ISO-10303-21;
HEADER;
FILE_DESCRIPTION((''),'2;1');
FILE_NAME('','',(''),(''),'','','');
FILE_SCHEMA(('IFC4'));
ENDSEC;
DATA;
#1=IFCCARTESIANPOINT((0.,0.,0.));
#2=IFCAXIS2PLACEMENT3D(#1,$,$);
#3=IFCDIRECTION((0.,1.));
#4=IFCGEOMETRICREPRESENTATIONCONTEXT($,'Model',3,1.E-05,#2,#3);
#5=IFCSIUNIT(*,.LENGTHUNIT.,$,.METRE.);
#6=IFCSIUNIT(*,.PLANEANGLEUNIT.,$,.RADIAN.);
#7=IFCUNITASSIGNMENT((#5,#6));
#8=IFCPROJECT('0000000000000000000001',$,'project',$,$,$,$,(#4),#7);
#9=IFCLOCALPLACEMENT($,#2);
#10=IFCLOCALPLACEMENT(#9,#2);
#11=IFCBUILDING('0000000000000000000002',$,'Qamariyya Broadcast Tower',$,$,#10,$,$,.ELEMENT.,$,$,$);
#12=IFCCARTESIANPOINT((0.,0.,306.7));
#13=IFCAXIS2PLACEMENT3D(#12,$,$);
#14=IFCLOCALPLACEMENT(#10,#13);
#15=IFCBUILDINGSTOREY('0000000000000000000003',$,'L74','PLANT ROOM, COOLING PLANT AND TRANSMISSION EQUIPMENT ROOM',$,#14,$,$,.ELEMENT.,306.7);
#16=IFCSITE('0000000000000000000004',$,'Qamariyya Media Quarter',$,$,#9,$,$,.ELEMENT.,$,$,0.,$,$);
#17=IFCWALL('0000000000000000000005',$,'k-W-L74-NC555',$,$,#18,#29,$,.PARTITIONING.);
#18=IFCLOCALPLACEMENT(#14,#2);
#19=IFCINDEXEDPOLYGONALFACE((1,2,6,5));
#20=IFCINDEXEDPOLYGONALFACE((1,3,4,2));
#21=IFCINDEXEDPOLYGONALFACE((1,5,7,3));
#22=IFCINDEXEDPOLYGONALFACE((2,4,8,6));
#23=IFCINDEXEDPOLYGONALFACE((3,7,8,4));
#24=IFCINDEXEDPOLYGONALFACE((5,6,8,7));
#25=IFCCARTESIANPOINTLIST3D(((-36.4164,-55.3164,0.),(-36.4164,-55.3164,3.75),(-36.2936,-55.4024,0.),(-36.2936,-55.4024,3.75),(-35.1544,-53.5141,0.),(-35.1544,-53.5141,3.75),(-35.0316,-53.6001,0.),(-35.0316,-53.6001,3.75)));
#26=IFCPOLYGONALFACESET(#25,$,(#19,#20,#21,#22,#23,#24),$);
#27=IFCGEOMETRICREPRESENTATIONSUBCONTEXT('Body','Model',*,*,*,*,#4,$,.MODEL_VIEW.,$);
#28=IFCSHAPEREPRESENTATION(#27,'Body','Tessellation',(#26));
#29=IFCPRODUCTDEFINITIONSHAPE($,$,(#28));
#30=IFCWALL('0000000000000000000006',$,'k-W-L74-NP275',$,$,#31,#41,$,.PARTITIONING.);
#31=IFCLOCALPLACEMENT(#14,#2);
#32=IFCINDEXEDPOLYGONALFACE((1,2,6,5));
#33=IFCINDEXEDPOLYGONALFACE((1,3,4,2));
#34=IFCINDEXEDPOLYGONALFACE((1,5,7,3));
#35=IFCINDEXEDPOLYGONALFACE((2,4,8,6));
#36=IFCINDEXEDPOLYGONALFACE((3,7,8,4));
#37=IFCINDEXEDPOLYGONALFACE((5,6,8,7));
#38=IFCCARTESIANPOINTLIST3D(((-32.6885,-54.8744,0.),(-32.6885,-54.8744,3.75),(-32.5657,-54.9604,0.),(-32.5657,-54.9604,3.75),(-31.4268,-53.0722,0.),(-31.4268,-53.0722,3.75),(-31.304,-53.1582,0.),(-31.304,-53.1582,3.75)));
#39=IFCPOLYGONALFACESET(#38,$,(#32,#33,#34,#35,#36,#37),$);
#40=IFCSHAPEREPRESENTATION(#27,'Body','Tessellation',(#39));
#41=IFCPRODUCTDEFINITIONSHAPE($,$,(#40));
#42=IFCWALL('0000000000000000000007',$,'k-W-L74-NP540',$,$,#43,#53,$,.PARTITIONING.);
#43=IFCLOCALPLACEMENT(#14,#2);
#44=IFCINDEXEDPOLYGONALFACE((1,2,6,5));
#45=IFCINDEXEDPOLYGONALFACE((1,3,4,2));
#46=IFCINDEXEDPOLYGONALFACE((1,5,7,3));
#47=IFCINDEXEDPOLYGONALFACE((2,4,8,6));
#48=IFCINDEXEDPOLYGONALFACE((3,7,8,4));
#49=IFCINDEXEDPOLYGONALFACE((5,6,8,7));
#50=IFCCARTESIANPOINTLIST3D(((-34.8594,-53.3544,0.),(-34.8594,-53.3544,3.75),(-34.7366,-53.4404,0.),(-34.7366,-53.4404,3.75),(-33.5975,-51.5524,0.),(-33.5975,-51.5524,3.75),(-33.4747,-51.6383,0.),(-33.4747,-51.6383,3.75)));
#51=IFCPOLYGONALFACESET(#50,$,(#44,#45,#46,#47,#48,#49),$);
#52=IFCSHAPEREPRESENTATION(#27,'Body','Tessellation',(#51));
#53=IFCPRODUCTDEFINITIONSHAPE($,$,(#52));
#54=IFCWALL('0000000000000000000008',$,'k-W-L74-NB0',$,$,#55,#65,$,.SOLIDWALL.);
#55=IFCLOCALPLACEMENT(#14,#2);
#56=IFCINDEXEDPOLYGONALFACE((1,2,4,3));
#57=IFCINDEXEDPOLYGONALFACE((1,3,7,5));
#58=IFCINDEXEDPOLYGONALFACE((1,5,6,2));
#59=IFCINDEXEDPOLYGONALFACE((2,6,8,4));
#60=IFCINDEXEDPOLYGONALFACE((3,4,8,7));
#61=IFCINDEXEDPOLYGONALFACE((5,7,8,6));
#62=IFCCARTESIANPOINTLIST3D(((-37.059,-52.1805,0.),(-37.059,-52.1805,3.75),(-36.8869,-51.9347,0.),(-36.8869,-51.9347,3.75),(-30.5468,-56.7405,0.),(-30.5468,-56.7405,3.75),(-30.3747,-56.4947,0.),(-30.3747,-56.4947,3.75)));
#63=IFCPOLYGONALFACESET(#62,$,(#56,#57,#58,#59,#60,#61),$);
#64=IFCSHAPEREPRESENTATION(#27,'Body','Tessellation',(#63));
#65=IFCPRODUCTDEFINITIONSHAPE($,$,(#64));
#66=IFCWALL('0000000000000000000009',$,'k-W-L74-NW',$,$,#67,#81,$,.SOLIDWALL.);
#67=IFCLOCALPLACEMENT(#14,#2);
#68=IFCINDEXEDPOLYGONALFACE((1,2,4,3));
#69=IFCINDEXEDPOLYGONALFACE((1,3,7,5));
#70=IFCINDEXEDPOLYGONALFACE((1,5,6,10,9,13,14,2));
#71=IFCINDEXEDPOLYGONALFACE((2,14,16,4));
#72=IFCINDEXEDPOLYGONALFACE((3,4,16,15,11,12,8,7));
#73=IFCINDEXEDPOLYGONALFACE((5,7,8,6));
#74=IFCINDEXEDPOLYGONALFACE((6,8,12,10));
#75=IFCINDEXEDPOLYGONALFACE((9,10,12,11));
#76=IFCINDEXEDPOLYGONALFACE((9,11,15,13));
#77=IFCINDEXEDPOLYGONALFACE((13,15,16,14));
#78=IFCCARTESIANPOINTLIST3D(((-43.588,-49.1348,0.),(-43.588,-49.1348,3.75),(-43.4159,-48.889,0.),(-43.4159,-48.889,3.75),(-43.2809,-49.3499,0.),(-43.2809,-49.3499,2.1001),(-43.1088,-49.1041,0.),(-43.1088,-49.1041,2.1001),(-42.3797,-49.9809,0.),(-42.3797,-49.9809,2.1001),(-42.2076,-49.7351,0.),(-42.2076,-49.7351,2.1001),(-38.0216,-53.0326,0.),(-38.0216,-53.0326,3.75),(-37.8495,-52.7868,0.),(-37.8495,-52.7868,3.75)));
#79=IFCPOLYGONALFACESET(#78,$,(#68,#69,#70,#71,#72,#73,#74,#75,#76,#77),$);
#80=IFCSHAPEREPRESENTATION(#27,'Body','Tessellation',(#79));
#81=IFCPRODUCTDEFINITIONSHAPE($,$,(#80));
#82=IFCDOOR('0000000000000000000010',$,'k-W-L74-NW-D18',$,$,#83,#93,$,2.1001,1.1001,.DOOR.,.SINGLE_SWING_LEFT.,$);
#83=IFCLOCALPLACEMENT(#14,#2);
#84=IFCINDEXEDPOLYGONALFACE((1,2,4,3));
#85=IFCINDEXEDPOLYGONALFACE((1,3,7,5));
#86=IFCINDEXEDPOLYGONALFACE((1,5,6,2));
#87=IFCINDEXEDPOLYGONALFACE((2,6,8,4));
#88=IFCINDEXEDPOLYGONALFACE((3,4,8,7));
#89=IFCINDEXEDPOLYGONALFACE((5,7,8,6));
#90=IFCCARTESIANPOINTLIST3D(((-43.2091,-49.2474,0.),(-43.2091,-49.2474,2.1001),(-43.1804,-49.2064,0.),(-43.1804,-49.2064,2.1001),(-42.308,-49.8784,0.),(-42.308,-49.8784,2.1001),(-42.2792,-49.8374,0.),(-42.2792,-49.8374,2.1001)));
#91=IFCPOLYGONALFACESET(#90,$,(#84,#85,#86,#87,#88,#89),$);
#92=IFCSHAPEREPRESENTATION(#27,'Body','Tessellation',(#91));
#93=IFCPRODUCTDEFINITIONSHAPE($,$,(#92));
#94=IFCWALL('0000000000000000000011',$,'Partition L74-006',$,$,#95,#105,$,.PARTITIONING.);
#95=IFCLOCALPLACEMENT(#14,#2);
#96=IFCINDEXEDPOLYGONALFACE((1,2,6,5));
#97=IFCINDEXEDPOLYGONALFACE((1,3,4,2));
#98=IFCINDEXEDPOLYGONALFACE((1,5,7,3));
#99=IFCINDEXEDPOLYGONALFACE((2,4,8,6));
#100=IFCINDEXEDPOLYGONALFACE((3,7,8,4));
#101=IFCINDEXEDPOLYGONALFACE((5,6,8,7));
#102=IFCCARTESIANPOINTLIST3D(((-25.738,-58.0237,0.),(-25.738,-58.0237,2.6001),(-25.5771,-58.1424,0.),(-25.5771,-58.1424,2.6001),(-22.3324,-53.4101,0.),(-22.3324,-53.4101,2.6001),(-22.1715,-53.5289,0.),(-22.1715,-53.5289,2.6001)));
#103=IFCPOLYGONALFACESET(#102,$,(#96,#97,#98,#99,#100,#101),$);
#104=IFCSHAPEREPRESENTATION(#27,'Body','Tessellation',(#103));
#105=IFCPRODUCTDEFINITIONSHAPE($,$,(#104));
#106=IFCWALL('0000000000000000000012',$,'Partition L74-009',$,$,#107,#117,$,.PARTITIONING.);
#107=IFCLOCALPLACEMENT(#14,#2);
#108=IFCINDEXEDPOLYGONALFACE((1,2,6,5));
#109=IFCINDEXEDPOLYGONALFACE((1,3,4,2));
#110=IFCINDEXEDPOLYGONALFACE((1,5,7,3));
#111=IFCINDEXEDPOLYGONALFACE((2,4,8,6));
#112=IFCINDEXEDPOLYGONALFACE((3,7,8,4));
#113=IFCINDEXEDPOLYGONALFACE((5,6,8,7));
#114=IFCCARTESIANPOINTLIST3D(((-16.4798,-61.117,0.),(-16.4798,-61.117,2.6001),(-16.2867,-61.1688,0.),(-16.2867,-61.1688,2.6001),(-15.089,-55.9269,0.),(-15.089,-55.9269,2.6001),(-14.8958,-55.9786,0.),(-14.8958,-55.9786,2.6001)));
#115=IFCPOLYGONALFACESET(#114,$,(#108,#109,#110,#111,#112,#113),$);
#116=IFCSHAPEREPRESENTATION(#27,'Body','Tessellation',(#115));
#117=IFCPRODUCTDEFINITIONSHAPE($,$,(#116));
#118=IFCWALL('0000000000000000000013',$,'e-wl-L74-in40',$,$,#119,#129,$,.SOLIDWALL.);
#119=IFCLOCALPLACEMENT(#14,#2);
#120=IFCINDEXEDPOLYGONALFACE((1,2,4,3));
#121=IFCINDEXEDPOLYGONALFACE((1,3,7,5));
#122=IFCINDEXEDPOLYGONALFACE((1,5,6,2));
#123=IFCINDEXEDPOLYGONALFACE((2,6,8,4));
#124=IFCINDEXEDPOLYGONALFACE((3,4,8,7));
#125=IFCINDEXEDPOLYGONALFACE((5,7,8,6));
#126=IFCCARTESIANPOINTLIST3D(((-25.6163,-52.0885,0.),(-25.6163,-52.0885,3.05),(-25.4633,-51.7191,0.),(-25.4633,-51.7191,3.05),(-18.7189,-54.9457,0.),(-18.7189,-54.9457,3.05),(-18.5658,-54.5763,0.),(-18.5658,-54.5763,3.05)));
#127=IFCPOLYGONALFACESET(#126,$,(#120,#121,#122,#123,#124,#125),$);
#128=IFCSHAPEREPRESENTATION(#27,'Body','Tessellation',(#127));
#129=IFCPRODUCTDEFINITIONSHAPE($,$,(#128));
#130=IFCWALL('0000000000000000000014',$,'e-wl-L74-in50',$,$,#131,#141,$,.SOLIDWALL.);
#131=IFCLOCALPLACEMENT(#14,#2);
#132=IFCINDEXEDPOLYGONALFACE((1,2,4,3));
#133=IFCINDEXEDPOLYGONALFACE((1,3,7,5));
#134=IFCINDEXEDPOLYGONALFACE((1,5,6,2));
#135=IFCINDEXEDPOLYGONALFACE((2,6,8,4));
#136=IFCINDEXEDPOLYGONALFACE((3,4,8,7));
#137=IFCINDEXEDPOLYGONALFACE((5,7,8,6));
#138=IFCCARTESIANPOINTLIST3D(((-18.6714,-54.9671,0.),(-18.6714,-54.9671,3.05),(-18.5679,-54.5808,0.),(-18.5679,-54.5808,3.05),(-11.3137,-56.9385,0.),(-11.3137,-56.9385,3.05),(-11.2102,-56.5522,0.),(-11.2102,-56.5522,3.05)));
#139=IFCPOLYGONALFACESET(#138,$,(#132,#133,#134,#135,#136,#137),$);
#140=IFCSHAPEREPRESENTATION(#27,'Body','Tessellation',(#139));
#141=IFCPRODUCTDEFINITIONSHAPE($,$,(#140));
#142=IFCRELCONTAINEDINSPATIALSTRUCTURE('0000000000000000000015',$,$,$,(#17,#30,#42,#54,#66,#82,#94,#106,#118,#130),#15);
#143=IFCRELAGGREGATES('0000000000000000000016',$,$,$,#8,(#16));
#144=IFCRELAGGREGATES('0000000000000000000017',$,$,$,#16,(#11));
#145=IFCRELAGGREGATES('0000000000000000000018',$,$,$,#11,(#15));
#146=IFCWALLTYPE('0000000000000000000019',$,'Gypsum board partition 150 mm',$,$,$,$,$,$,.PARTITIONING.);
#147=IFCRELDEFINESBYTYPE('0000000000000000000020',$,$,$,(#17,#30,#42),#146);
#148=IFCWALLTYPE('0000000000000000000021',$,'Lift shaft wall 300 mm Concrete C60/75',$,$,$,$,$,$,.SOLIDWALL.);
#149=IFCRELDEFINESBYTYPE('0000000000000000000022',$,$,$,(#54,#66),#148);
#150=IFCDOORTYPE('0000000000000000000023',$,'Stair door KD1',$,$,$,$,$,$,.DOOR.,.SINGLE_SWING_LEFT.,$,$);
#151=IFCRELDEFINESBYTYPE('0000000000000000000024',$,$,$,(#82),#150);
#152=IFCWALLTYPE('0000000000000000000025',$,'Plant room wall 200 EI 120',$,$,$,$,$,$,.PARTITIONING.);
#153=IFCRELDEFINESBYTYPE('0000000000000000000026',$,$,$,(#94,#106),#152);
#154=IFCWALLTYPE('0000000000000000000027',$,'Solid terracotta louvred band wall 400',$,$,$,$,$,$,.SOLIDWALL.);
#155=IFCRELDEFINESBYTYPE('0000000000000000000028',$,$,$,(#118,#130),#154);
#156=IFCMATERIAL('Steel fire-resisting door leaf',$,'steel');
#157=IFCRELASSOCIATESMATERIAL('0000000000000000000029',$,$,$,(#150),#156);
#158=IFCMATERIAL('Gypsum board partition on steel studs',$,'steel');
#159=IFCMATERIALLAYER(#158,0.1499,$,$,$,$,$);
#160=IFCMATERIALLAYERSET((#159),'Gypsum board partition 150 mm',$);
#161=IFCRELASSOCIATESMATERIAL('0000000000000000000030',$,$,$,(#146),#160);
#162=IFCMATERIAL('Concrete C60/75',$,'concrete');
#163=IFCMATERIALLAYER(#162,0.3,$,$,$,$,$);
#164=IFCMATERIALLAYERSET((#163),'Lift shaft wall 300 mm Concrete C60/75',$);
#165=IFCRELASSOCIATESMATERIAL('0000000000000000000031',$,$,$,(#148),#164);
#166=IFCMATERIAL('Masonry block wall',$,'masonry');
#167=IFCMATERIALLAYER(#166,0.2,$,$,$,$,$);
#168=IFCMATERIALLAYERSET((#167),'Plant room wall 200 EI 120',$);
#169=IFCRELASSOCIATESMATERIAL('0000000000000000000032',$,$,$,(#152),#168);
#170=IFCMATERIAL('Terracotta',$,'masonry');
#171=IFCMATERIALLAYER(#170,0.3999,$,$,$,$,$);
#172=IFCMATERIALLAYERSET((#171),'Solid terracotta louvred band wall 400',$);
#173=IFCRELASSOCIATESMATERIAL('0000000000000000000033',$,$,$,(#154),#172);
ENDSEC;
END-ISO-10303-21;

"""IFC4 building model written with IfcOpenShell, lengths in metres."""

from ifc_helpers import new_model, si_unit, direction, frame, frame_2d, origin, place, context, subcontext, project, spatial, rectangle, extrude, material, layer, layer_set, type_object, element, fill, save


model = new_model("IFC4")

# Units and contexts
model_context = context("Model", 3, precision=1e-05, world=origin(), true_north=direction((0.0, 1.0)))
body_context = subcontext(model_context, "Body", "Model", "MODEL_VIEW")
ifc_project = project(units=[si_unit("LENGTHUNIT", "METRE"), si_unit("PLANEANGLEUNIT", "RADIAN")], contexts=[model_context])

# Site, building, storey
site_placement = place(None, origin())
site = spatial("IfcSite", under=ifc_project, at=site_placement, Name="Qamariyya Media Quarter", CompositionType="ELEMENT", RefElevation=0.0)
building_placement = place(site_placement, origin())
building = spatial("IfcBuilding", under=site, at=building_placement, Name="Qamariyya Broadcast Tower", CompositionType="ELEMENT")
storey_placement = place(building_placement, frame((0.0, 0.0, 306.7)))
storey = spatial("IfcBuildingStorey", under=building, at=storey_placement, Name="L74", Description="PLANT ROOM, COOLING PLANT AND TRANSMISSION EQUIPMENT ROOM", CompositionType="ELEMENT", Elevation=306.7)

# Shared definitions
ifc_material_1 = material(Name="Concrete C60/75", Category="concrete")
ifc_material_2 = material(Name="Steel fire-resisting door leaf", Category="steel")
door_type_1 = type_object("IfcDoorType", Name="Stair door KD1", OperationType="SINGLE_SWING_LEFT", PredefinedType="DOOR", material=ifc_material_2)

# Walls
ifc_material_3 = material(Name="Gypsum board partition on steel studs", Category="steel")
ifc_layer_1 = layer(ifc_material_3, 0.1499)
ifc_layer_set_1 = layer_set([ifc_layer_1], Name="Gypsum board partition 150 mm")
wall_type_1 = type_object("IfcWallType", Name="Gypsum board partition 150 mm", PredefinedType="PARTITIONING", material=ifc_layer_set_1)
wall_1_placement = place(storey_placement, frame((-36.355, -55.3594, 0.0), z_axis=(0.0, 0.0, 1.0), x_axis=(0.573581, 0.819149, 0.0)))
element("IfcWall", 1, at=wall_1_placement, inside=storey, type_object=wall_type_1, Name="k-W-L74-NC555", PredefinedType="PARTITIONING", context=body_context, shape_type="SweptSolid", body=[
    extrude(rectangle(XDim=2.2002, YDim=0.1499, at=frame_2d((1.1001, 0.0))), origin(), (0.0, 0.0, 1.0), 3.75),
])
for number, where, z_axis, x_axis, name in (
    (2, (-32.6272, -54.9175, 0.0), (0.0, 0.0, 1.0), (0.573507, 0.819201, 0.0), "k-W-L74-NP275"),
    (3, (-34.7981, -53.3975, 0.0), (0.0, 0.0, 1.0), (0.573634, 0.819112, 0.0), "k-W-L74-NP540"),
):
    element("IfcWall", number, at=place(storey_placement, frame(where, z_axis=z_axis, x_axis=x_axis)), inside=storey, type_object=wall_type_1, Name=name, PredefinedType="PARTITIONING", context=body_context, shape_type="SweptSolid", body=[
        extrude(rectangle(XDim=2.2, YDim=0.1499, at=frame_2d((1.1001, 0.0))), origin(), (0.0, 0.0, 1.0), 3.75),
    ])
ifc_layer_2 = layer(ifc_material_1, 0.3)
ifc_layer_set_2 = layer_set([ifc_layer_2], Name="Lift shaft wall 300 mm Concrete C60/75")
wall_type_2 = type_object("IfcWallType", Name="Lift shaft wall 300 mm Concrete C60/75", PredefinedType="SOLIDWALL", material=ifc_layer_set_2)
wall_2_placement = place(storey_placement, frame((-30.4607, -56.6177, 0.0), z_axis=(0.0, 0.0, 1.0), x_axis=(-0.819142, 0.57359, 0.0)))
element("IfcWall", 4, at=wall_2_placement, inside=storey, type_object=wall_type_2, Name="k-W-L74-NB0", PredefinedType="SOLIDWALL", context=body_context, shape_type="SweptSolid", body=[
    extrude(rectangle(XDim=7.95, YDim=0.3, at=frame_2d((3.9751, 0.0))), origin(), (0.0, 0.0, 1.0), 3.75),
])

# Wall, opening, door
wall_3_placement = place(storey_placement, frame((-37.9355, -52.9097, 0.0), z_axis=(0.0, 0.0, 1.0), x_axis=(-0.819148, 0.573583, 0.0)))
wall_3 = element("IfcWall", 5, at=wall_3_placement, inside=storey, type_object=wall_type_2, Name="k-W-L74-NW", PredefinedType="SOLIDWALL", context=body_context, shape_type="SweptSolid", body=[
    extrude(rectangle(XDim=6.7954, YDim=0.3, at=frame_2d((3.3977, 0.0))), origin(), (0.0, 0.0, 1.0), 3.75),
])
opening_1_placement = place(wall_3_placement, frame((5.3203, 0.0, 0.0)))
opening_1 = element("IfcOpeningElement", 6, at=opening_1_placement, cuts=wall_3, PredefinedType="OPENING", context=body_context, shape_type="SweptSolid", body=[
    extrude(rectangle(XDim=1.1001, YDim=2.1001, at=frame_2d((0.55, 1.05))), frame((0.0, 0.1599, 0.0), z_axis=(0.0, -1.0, 0.0), x_axis=(1.0, 0.0, 0.0)), (0.0, 0.0, 1.0), 0.3201),
])
door_1_placement = place(opening_1_placement, origin())
door_1 = element("IfcDoor", 7, at=door_1_placement, inside=storey, type_object=door_type_1, Name="k-W-L74-NW-D18", OperationType="SINGLE_SWING_LEFT", OverallHeight=2.1001, OverallWidth=1.1001, PredefinedType="DOOR", context=body_context, shape_type="SweptSolid", body=[
    extrude(rectangle(XDim=1.1001, YDim=2.1001, at=frame_2d((0.55, 1.05))), frame((0.0, 0.0249, 0.0), z_axis=(0.0, -1.0, 0.0), x_axis=(1.0, 0.0, 0.0)), (0.0, 0.0, 1.0), 0.05),
])
fill(opening_1, door_1)

# Walls
ifc_material_4 = material(Name="Masonry block wall", Category="masonry")
ifc_layer_3 = layer(ifc_material_4, 0.2)
ifc_layer_set_3 = layer_set([ifc_layer_3], Name="Plant room wall 200 EI 120")
wall_type_3 = type_object("IfcWallType", Name="Plant room wall 200 EI 120", PredefinedType="PARTITIONING", material=ifc_layer_set_3)
wall_4_placement = place(storey_placement, frame((-22.252, -53.4695, 0.0), z_axis=(0.0, 0.0, 1.0), x_axis=(-0.593886, -0.804549, 0.0)))
element("IfcWall", 8, at=wall_4_placement, inside=storey, type_object=wall_type_3, Name="Partition L74-006", PredefinedType="PARTITIONING", context=body_context, shape_type="SweptSolid", body=[
    extrude(rectangle(XDim=5.7344, YDim=0.2, at=frame_2d((2.8672, 0.0))), origin(), (0.0, 0.0, 1.0), 2.6001),
])
wall_5_placement = place(storey_placement, frame((-14.9924, -55.9529, 0.0), z_axis=(0.0, 0.0, 1.0), x_axis=(-0.258847, -0.965918, 0.0)))
element("IfcWall", 9, at=wall_5_placement, inside=storey, type_object=wall_type_3, Name="Partition L74-009", PredefinedType="PARTITIONING", context=body_context, shape_type="SweptSolid", body=[
    extrude(rectangle(XDim=5.3733, YDim=0.2, at=frame_2d((2.6865, 0.0))), origin(), (0.0, 0.0, 1.0), 2.6001),
])
ifc_material_5 = material(Name="Terracotta", Category="masonry")
ifc_layer_4 = layer(ifc_material_5, 0.3999)
ifc_layer_set_4 = layer_set([ifc_layer_4], Name="Solid terracotta louvred band wall 400")
wall_type_4 = type_object("IfcWallType", Name="Solid terracotta louvred band wall 400", PredefinedType="SOLIDWALL", material=ifc_layer_set_4)
wall_6_placement = place(storey_placement, frame((-18.6423, -54.761, 0.0), z_axis=(0.0, 0.0, 1.0), x_axis=(-0.923872, 0.382701, 0.0)))
element("IfcWall", 10, at=wall_6_placement, inside=storey, type_object=wall_type_4, Name="e-wl-L74-in40", PredefinedType="SOLIDWALL", context=body_context, shape_type="SweptSolid", body=[
    extrude(rectangle(XDim=7.4658, YDim=0.3999, at=frame_2d((3.7329, 0.0))), origin(), (0.0, 0.0, 1.0), 3.05),
])
wall_7_placement = place(storey_placement, frame((-11.262, -56.7454, 0.0), z_axis=(0.0, 0.0, 1.0), x_axis=(-0.965927, 0.258814, 0.0)))
element("IfcWall", 11, at=wall_7_placement, inside=storey, type_object=wall_type_4, Name="e-wl-L74-in50", PredefinedType="SOLIDWALL", context=body_context, shape_type="SweptSolid", body=[
    extrude(rectangle(XDim=7.6172, YDim=0.3999, at=frame_2d((3.8086, 0.0))), origin(), (0.0, 0.0, 1.0), 3.05),
])

save(model, "model.ifc")
